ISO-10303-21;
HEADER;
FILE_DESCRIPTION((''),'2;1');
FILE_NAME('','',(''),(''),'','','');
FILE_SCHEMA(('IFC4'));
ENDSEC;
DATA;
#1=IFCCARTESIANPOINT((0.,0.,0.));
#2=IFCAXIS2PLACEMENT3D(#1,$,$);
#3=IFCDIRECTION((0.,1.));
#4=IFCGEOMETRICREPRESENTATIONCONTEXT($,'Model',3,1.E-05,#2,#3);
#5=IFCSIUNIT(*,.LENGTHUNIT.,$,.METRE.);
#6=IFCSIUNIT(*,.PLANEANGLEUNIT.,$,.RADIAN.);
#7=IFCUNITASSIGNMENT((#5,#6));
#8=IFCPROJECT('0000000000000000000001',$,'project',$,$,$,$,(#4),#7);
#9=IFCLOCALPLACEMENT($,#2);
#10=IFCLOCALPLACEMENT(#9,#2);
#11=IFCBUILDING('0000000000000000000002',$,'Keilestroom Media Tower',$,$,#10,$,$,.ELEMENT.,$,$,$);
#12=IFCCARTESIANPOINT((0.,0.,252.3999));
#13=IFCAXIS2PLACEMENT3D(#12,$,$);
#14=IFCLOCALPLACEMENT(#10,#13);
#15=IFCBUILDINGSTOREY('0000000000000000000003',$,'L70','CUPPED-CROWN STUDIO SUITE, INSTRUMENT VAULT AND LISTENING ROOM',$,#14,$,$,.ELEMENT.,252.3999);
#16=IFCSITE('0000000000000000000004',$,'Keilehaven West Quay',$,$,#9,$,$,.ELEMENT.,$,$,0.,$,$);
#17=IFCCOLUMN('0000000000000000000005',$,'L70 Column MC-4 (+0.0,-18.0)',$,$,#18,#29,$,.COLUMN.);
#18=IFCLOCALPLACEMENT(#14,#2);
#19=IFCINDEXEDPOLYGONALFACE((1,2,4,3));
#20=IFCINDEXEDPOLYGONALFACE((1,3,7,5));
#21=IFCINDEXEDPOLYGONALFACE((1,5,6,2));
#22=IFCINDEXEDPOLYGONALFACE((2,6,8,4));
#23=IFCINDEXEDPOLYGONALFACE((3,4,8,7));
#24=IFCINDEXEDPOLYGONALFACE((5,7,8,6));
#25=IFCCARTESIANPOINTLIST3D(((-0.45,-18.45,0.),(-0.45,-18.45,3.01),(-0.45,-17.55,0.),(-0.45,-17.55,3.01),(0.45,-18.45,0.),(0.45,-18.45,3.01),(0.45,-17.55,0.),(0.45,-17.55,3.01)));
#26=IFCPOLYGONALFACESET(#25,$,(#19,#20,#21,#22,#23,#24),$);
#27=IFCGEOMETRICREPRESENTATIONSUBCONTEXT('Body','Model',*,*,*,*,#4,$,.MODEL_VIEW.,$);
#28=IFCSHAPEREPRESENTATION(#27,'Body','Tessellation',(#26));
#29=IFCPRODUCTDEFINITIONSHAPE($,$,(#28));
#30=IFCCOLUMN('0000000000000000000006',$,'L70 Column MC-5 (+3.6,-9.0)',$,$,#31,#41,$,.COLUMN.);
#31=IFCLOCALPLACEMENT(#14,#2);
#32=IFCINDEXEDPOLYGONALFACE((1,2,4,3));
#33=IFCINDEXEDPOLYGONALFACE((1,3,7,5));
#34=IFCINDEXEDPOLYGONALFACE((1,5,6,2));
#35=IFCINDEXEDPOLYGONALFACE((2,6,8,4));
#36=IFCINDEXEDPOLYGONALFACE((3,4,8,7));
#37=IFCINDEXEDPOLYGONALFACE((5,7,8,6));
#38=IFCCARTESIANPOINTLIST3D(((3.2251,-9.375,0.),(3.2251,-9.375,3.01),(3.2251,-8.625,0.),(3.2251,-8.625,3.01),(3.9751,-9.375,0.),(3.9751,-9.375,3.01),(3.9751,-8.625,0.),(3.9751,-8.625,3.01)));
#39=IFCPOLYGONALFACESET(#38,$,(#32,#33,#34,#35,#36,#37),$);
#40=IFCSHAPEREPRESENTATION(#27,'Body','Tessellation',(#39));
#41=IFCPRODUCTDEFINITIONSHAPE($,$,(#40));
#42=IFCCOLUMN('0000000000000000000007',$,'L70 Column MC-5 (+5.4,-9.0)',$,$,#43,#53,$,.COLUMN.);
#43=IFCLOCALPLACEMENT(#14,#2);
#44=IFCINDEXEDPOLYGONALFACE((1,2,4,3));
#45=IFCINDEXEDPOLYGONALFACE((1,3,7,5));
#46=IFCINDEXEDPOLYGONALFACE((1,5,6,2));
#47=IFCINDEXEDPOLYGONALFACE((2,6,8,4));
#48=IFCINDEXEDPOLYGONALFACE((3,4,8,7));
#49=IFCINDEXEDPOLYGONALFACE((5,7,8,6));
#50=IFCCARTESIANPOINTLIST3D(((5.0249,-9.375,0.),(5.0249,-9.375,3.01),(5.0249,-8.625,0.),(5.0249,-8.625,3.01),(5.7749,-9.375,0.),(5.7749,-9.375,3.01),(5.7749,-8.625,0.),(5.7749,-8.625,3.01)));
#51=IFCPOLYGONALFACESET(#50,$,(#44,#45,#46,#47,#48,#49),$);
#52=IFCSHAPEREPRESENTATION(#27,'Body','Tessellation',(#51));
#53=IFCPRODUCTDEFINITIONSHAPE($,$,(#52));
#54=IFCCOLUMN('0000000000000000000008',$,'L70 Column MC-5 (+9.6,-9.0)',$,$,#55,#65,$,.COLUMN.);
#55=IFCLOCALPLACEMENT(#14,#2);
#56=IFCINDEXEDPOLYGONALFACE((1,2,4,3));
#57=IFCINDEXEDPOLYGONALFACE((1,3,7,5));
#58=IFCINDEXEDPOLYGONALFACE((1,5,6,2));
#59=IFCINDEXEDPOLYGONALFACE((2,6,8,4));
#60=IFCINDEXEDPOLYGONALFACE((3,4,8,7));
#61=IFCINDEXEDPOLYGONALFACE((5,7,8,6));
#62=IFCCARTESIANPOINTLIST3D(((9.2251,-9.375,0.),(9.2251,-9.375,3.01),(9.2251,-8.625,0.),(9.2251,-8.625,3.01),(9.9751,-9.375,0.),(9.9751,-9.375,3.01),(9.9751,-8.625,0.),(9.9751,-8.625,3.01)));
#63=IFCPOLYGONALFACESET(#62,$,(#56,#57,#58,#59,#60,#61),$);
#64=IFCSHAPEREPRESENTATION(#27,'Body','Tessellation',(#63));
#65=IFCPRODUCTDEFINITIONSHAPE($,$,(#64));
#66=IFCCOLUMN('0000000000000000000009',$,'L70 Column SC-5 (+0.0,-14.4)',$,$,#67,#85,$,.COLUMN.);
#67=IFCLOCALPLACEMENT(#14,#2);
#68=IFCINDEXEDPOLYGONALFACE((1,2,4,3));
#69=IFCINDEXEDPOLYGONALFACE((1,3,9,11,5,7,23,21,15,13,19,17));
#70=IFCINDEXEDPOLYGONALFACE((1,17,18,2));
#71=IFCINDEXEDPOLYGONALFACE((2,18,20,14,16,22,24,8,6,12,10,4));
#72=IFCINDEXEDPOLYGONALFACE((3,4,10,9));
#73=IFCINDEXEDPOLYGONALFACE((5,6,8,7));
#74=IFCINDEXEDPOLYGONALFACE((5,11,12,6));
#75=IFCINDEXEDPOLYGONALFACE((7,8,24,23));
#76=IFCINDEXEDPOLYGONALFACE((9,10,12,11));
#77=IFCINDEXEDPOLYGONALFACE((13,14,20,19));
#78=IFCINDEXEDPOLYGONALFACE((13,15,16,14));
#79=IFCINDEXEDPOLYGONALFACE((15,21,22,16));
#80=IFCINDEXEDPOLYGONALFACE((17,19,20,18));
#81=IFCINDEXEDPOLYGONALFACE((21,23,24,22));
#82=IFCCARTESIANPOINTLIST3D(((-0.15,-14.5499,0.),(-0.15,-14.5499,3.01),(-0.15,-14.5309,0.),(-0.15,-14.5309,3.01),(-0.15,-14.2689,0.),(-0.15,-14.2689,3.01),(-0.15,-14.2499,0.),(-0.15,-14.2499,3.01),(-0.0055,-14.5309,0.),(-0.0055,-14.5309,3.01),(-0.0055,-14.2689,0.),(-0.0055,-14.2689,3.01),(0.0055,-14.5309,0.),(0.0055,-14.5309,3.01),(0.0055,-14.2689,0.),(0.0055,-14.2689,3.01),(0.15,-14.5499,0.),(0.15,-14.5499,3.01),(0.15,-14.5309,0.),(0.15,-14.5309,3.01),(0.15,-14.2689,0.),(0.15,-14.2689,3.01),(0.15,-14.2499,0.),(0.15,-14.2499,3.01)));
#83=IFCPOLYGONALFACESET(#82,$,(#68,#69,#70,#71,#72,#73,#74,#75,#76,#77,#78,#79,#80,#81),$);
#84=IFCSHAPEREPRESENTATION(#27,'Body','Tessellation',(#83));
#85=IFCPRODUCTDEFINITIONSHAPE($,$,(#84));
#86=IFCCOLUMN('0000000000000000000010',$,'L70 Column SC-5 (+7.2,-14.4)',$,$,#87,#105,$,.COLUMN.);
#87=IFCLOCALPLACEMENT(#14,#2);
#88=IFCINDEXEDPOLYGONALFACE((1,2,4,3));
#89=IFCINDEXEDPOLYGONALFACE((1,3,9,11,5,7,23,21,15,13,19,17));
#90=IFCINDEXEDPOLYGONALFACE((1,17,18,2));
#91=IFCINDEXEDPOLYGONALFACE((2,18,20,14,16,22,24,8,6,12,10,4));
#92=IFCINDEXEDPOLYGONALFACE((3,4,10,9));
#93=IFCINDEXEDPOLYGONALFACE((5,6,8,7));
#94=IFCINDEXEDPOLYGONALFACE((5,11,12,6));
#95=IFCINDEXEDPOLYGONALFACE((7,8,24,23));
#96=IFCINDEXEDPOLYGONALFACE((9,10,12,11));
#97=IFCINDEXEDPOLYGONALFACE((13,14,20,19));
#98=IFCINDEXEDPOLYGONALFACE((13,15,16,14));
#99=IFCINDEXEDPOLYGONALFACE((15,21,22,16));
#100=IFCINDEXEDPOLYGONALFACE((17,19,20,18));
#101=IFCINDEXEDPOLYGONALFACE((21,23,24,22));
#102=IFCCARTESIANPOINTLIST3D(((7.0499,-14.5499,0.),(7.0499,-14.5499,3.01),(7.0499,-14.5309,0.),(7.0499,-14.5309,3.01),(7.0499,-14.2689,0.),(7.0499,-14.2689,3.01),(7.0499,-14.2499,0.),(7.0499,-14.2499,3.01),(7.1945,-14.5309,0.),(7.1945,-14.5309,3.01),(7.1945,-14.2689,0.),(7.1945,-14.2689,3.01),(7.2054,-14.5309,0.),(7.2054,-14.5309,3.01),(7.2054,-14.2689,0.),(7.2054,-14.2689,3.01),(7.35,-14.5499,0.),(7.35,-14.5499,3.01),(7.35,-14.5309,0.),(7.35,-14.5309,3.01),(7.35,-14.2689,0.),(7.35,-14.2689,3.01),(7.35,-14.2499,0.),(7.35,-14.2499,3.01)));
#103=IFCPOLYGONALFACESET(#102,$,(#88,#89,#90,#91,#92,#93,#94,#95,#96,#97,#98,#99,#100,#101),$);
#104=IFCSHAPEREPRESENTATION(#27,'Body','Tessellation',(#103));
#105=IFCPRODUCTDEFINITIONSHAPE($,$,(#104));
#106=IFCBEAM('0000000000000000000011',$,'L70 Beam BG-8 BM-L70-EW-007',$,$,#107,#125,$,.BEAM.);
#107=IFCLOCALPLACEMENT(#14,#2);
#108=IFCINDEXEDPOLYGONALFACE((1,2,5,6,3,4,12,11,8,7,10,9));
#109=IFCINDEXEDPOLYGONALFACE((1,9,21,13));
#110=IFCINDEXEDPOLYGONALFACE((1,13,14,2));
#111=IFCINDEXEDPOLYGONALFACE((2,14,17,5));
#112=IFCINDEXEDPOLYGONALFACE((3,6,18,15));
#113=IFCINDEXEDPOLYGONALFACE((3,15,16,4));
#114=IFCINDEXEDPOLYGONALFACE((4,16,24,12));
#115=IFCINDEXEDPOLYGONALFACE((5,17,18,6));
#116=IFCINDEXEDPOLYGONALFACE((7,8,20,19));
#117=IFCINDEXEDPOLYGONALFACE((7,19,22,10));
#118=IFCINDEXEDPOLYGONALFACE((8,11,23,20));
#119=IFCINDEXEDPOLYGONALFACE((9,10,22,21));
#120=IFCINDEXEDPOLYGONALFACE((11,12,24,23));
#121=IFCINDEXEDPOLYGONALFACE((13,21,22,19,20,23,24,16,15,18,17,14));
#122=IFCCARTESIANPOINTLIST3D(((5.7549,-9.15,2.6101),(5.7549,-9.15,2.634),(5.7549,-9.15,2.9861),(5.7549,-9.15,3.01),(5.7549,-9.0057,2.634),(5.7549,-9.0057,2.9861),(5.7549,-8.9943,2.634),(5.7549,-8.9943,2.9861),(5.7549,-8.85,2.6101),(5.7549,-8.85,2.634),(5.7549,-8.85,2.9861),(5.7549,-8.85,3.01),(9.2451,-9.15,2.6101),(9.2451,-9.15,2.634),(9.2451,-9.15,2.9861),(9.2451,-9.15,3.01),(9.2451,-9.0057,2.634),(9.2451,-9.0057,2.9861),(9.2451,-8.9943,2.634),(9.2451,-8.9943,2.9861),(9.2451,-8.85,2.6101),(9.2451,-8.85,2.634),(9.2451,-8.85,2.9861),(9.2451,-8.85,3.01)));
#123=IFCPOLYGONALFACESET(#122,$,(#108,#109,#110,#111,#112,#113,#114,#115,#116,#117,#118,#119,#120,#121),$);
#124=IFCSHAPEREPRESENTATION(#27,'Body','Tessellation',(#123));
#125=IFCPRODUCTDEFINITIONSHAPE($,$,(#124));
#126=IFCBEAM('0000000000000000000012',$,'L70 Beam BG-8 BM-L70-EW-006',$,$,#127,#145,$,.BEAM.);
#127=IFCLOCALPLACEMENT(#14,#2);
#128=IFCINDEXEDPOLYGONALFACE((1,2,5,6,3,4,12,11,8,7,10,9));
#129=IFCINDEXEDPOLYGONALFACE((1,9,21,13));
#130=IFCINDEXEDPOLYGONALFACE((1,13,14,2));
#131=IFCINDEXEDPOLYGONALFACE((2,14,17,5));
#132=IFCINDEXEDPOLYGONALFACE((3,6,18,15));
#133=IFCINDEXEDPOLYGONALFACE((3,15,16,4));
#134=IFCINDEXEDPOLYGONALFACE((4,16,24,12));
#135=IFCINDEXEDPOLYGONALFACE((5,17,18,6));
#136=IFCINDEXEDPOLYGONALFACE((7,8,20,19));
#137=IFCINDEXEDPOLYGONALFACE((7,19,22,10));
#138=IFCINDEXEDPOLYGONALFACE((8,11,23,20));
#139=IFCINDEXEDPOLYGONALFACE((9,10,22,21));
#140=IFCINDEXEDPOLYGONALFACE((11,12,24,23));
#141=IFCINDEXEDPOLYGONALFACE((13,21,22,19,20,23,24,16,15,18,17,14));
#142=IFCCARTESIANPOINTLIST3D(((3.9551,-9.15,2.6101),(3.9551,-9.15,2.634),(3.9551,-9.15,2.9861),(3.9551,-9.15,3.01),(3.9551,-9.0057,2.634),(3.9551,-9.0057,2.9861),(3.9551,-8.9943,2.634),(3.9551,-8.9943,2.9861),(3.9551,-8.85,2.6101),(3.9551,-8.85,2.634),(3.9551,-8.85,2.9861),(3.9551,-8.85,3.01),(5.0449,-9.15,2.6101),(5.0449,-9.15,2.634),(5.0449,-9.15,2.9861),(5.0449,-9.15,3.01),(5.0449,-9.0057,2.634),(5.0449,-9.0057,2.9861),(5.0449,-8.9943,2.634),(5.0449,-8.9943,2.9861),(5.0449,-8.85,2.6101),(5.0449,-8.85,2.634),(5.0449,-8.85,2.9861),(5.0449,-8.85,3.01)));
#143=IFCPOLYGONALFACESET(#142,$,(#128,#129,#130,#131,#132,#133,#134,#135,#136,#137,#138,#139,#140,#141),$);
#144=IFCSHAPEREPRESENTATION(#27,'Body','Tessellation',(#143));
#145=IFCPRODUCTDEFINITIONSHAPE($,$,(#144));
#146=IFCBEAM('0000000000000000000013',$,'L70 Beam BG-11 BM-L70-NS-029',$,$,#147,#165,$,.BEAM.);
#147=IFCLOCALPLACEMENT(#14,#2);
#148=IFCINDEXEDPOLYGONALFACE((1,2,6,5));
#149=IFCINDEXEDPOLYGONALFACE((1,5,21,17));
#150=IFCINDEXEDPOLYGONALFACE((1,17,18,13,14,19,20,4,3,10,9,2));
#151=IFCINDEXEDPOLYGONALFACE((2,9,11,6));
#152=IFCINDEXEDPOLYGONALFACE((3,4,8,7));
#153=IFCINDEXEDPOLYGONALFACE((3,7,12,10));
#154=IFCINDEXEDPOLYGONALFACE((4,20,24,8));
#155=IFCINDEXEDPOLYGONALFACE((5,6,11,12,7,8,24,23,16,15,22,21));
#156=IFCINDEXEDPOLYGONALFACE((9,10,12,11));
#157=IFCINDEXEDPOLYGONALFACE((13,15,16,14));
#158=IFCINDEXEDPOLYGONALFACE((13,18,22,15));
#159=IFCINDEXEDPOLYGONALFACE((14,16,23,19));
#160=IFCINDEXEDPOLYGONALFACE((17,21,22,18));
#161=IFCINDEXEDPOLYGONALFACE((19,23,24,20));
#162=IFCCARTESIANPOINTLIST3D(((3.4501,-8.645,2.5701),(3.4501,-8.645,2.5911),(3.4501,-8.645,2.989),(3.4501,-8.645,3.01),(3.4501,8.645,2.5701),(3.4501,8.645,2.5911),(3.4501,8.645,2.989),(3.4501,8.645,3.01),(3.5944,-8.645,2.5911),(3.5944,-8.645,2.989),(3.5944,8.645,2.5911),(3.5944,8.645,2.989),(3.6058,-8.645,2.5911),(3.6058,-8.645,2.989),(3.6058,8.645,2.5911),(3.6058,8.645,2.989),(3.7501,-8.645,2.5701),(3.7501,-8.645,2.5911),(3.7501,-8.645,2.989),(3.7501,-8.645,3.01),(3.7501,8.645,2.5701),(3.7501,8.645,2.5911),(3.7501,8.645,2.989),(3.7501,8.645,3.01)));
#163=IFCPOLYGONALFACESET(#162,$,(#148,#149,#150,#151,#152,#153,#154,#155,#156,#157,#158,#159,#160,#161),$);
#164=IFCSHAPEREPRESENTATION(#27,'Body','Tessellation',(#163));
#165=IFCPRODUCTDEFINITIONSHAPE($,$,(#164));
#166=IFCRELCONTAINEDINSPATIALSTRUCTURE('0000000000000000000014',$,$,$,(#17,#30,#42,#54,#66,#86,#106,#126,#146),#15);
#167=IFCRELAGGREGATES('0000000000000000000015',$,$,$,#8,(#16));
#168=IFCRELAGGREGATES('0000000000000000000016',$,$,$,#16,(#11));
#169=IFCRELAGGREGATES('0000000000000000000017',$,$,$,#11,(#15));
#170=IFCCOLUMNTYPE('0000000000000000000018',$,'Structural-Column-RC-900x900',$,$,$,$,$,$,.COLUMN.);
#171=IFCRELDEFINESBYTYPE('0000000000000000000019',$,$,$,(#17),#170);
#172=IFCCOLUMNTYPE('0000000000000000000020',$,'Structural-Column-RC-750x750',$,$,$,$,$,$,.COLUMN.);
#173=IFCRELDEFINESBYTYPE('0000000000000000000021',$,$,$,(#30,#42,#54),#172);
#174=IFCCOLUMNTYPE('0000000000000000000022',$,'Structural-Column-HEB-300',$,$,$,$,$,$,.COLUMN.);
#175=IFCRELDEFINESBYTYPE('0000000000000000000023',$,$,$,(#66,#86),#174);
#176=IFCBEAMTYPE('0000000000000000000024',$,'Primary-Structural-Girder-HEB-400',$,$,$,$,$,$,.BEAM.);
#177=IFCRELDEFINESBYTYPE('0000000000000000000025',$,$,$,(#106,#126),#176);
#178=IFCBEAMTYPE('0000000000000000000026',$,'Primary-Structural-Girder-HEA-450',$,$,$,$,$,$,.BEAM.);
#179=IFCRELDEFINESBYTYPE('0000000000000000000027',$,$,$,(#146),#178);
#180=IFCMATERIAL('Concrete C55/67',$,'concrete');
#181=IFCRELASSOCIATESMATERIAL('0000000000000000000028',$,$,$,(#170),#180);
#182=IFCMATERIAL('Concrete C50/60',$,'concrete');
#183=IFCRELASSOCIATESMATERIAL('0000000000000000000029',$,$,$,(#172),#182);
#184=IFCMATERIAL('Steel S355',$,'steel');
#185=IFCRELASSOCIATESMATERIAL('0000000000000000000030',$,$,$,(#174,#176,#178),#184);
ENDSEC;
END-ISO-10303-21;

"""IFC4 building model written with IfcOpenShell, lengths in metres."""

from ifc_helpers import new_model, si_unit, direction, frame, origin, origin_2d, place, context, subcontext, project, spatial, rectangle, i_section, extrude, source, transform, mapped, material, material_profile, profile_set, type_object, element, save


model = new_model("IFC4")

# Units and contexts
model_context = context("Model", 3, precision=1e-05, world=origin(), true_north=direction((0.0, 1.0)))
body_context = subcontext(model_context, "Body", "Model", "MODEL_VIEW")
ifc_project = project(units=[si_unit("LENGTHUNIT", "METRE"), si_unit("PLANEANGLEUNIT", "RADIAN")], contexts=[model_context])

# Site, building, storey
site_placement = place(None, origin())
site = spatial("IfcSite", under=ifc_project, at=site_placement, Name="Keilehaven West Quay", CompositionType="ELEMENT", RefElevation=0.0)
building_placement = place(site_placement, origin())
building = spatial("IfcBuilding", under=site, at=building_placement, Name="Keilestroom Media Tower", CompositionType="ELEMENT")
storey_placement = place(building_placement, frame((0.0, 0.0, 252.3999)))
storey = spatial("IfcBuildingStorey", under=building, at=storey_placement, Name="L70", Description="CUPPED-CROWN STUDIO SUITE, INSTRUMENT VAULT AND LISTENING ROOM", CompositionType="ELEMENT", Elevation=252.3999)

# Columns
ifc_material_1 = material(Name="Concrete C55/67", Category="concrete")
ifc_material_profile_1 = material_profile(ifc_material_1, rectangle(XDim=0.8999, YDim=0.8999, at=origin_2d()), Name="RC 900x900")
ifc_profile_set_1 = profile_set([ifc_material_profile_1], Name="Concrete C55/67")
column_type_1 = type_object("IfcColumnType", Name="Structural-Column-RC-900x900", PredefinedType="COLUMN", material=ifc_profile_set_1)
shared_shape_1 = source(origin(), body_context, "Body", "SweptSolid", [
    extrude(rectangle(XDim=0.8999, YDim=0.8999, at=origin_2d()), origin(), (0.0, 0.0, 1.0), 3.01),
])
column_placement = place(storey_placement, frame((0.0, -18.0, 0.0), z_axis=(0.0, 0.0, 1.0), x_axis=(1.0, 0.0, 0.0)))
element("IfcColumn", 1, at=column_placement, inside=storey, type_object=column_type_1, Name="L70 Column MC-4 (+0.0,-18.0)", PredefinedType="COLUMN", context=body_context, shape_type="MappedRepresentation", body=[
    mapped(shared_shape_1, transform((0.0, 0.0, 0.0), x_axis=(1.0, 0.0, 0.0), y_axis=(0.0, 1.0, 0.0), z_axis=(0.0, 0.0, 1.0), scale=1.0)),
])
ifc_material_2 = material(Name="Concrete C50/60", Category="concrete")
ifc_material_profile_2 = material_profile(ifc_material_2, rectangle(XDim=0.75, YDim=0.75, at=origin_2d()), Name="RC 750x750")
ifc_profile_set_2 = profile_set([ifc_material_profile_2], Name="Concrete C50/60")
column_type_2 = type_object("IfcColumnType", Name="Structural-Column-RC-750x750", PredefinedType="COLUMN", material=ifc_profile_set_2)
shared_shape_2 = source(origin(), body_context, "Body", "SweptSolid", [
    extrude(rectangle(XDim=0.75, YDim=0.75, at=origin_2d()), origin(), (0.0, 0.0, 1.0), 3.01),
])
for number, where, z_axis, x_axis, name in (
    (2, (3.6001, -9.0, 0.0), (0.0, 0.0, 1.0), (1.0, 0.0, 0.0), "L70 Column MC-5 (+3.6,-9.0)"),
    (3, (5.3999, -9.0, 0.0), (0.0, 0.0, 1.0), (1.0, 0.0, 0.0), "L70 Column MC-5 (+5.4,-9.0)"),
    (4, (9.6001, -9.0, 0.0), (0.0, 0.0, 1.0), (1.0, 0.0, 0.0), "L70 Column MC-5 (+9.6,-9.0)"),
):
    element("IfcColumn", number, at=place(storey_placement, frame(where, z_axis=z_axis, x_axis=x_axis)), inside=storey, type_object=column_type_2, Name=name, PredefinedType="COLUMN", context=body_context, shape_type="MappedRepresentation", body=[
        mapped(shared_shape_2, transform((0.0, 0.0, 0.0), x_axis=(1.0, 0.0, 0.0), y_axis=(0.0, 1.0, 0.0), z_axis=(0.0, 0.0, 1.0), scale=1.0)),
    ])
ifc_material_3 = material(Name="Steel S355", Category="steel")
ifc_material_profile_3 = material_profile(ifc_material_3, i_section(OverallWidth=0.3, OverallDepth=0.3, WebThickness=0.011, FlangeThickness=0.019, at=origin_2d()), Name="HEB 300")
ifc_profile_set_3 = profile_set([ifc_material_profile_3], Name="Steel S355")
column_type_3 = type_object("IfcColumnType", Name="Structural-Column-HEB-300", PredefinedType="COLUMN", material=ifc_profile_set_3)
shared_shape_3 = source(origin(), body_context, "Body", "SweptSolid", [
    extrude(i_section(OverallWidth=0.3, OverallDepth=0.3, WebThickness=0.011, FlangeThickness=0.019, at=origin_2d()), origin(), (0.0, 0.0, 1.0), 3.01),
])
for number, where, z_axis, x_axis, name in (
    (5, (0.0, -14.3999, 0.0), (0.0, 0.0, 1.0), (1.0, 0.0, 0.0), "L70 Column SC-5 (+0.0,-14.4)"),
    (6, (7.2, -14.3999, 0.0), (0.0, 0.0, 1.0), (1.0, 0.0, 0.0), "L70 Column SC-5 (+7.2,-14.4)"),
):
    element("IfcColumn", number, at=place(storey_placement, frame(where, z_axis=z_axis, x_axis=x_axis)), inside=storey, type_object=column_type_3, Name=name, PredefinedType="COLUMN", context=body_context, shape_type="MappedRepresentation", body=[
        mapped(shared_shape_3, transform((0.0, 0.0, 0.0), x_axis=(1.0, 0.0, 0.0), y_axis=(0.0, 1.0, 0.0), z_axis=(0.0, 0.0, 1.0), scale=1.0)),
    ])

# Beams
ifc_material_profile_4 = material_profile(ifc_material_3, i_section(OverallWidth=0.3, OverallDepth=0.3999, WebThickness=0.0115, FlangeThickness=0.0239, at=origin_2d()), Name="HEB 400")
ifc_profile_set_4 = profile_set([ifc_material_profile_4], Name="Steel S355")
beam_type_1 = type_object("IfcBeamType", Name="Primary-Structural-Girder-HEB-400", PredefinedType="BEAM", material=ifc_profile_set_4)
shared_shape_4 = source(origin(), body_context, "Body", "SweptSolid", [
    extrude(i_section(OverallWidth=0.3, OverallDepth=0.3999, WebThickness=0.0115, FlangeThickness=0.0239, at=origin_2d()), origin(), (0.0, 0.0, 1.0), 3.4902),
])
beam_1_placement = place(storey_placement, frame((5.7549, -9.0, 2.8101), z_axis=(1.0, 0.0, 0.0), x_axis=(0.0, 1.0, 0.0)))
element("IfcBeam", 7, at=beam_1_placement, inside=storey, type_object=beam_type_1, Name="L70 Beam BG-8 BM-L70-EW-007", PredefinedType="BEAM", context=body_context, shape_type="MappedRepresentation", body=[
    mapped(shared_shape_4, transform((0.0, 0.0, 0.0), x_axis=(1.0, 0.0, 0.0), y_axis=(0.0, 1.0, 0.0), z_axis=(0.0, 0.0, 1.0), scale=1.0)),
])
shared_shape_5 = source(origin(), body_context, "Body", "SweptSolid", [
    extrude(i_section(OverallWidth=0.3, OverallDepth=0.3999, WebThickness=0.0115, FlangeThickness=0.0239, at=origin_2d()), origin(), (0.0, 0.0, 1.0), 1.0898),
])
beam_2_placement = place(storey_placement, frame((3.9551, -9.0, 2.8101), z_axis=(1.0, 0.0, 0.0), x_axis=(0.0, 1.0, 0.0)))
element("IfcBeam", 8, at=beam_2_placement, inside=storey, type_object=beam_type_1, Name="L70 Beam BG-8 BM-L70-EW-006", PredefinedType="BEAM", context=body_context, shape_type="MappedRepresentation", body=[
    mapped(shared_shape_5, transform((0.0, 0.0, 0.0), x_axis=(1.0, 0.0, 0.0), y_axis=(0.0, 1.0, 0.0), z_axis=(0.0, 0.0, 1.0), scale=1.0)),
])
ifc_material_profile_5 = material_profile(ifc_material_3, i_section(OverallWidth=0.3, OverallDepth=0.4399, WebThickness=0.0115, FlangeThickness=0.021, at=origin_2d()), Name="HEA 450")
ifc_profile_set_5 = profile_set([ifc_material_profile_5], Name="Steel S355")
beam_type_2 = type_object("IfcBeamType", Name="Primary-Structural-Girder-HEA-450", PredefinedType="BEAM", material=ifc_profile_set_5)
shared_shape_6 = source(origin(), body_context, "Body", "SweptSolid", [
    extrude(i_section(OverallWidth=0.3, OverallDepth=0.4399, WebThickness=0.0115, FlangeThickness=0.021, at=origin_2d()), origin(), (0.0, 0.0, 1.0), 17.29),
])
beam_3_placement = place(storey_placement, frame((3.6001, -8.645, 2.79), z_axis=(0.0, 1.0, 0.0), x_axis=(-1.0, 0.0, 0.0)))
element("IfcBeam", 9, at=beam_3_placement, inside=storey, type_object=beam_type_2, Name="L70 Beam BG-11 BM-L70-NS-029", PredefinedType="BEAM", context=body_context, shape_type="MappedRepresentation", body=[
    mapped(shared_shape_6, transform((0.0, 0.0, 0.0), x_axis=(1.0, 0.0, 0.0), y_axis=(0.0, 1.0, 0.0), z_axis=(0.0, 0.0, 1.0), scale=1.0)),
])

save(model, "model.ifc")
